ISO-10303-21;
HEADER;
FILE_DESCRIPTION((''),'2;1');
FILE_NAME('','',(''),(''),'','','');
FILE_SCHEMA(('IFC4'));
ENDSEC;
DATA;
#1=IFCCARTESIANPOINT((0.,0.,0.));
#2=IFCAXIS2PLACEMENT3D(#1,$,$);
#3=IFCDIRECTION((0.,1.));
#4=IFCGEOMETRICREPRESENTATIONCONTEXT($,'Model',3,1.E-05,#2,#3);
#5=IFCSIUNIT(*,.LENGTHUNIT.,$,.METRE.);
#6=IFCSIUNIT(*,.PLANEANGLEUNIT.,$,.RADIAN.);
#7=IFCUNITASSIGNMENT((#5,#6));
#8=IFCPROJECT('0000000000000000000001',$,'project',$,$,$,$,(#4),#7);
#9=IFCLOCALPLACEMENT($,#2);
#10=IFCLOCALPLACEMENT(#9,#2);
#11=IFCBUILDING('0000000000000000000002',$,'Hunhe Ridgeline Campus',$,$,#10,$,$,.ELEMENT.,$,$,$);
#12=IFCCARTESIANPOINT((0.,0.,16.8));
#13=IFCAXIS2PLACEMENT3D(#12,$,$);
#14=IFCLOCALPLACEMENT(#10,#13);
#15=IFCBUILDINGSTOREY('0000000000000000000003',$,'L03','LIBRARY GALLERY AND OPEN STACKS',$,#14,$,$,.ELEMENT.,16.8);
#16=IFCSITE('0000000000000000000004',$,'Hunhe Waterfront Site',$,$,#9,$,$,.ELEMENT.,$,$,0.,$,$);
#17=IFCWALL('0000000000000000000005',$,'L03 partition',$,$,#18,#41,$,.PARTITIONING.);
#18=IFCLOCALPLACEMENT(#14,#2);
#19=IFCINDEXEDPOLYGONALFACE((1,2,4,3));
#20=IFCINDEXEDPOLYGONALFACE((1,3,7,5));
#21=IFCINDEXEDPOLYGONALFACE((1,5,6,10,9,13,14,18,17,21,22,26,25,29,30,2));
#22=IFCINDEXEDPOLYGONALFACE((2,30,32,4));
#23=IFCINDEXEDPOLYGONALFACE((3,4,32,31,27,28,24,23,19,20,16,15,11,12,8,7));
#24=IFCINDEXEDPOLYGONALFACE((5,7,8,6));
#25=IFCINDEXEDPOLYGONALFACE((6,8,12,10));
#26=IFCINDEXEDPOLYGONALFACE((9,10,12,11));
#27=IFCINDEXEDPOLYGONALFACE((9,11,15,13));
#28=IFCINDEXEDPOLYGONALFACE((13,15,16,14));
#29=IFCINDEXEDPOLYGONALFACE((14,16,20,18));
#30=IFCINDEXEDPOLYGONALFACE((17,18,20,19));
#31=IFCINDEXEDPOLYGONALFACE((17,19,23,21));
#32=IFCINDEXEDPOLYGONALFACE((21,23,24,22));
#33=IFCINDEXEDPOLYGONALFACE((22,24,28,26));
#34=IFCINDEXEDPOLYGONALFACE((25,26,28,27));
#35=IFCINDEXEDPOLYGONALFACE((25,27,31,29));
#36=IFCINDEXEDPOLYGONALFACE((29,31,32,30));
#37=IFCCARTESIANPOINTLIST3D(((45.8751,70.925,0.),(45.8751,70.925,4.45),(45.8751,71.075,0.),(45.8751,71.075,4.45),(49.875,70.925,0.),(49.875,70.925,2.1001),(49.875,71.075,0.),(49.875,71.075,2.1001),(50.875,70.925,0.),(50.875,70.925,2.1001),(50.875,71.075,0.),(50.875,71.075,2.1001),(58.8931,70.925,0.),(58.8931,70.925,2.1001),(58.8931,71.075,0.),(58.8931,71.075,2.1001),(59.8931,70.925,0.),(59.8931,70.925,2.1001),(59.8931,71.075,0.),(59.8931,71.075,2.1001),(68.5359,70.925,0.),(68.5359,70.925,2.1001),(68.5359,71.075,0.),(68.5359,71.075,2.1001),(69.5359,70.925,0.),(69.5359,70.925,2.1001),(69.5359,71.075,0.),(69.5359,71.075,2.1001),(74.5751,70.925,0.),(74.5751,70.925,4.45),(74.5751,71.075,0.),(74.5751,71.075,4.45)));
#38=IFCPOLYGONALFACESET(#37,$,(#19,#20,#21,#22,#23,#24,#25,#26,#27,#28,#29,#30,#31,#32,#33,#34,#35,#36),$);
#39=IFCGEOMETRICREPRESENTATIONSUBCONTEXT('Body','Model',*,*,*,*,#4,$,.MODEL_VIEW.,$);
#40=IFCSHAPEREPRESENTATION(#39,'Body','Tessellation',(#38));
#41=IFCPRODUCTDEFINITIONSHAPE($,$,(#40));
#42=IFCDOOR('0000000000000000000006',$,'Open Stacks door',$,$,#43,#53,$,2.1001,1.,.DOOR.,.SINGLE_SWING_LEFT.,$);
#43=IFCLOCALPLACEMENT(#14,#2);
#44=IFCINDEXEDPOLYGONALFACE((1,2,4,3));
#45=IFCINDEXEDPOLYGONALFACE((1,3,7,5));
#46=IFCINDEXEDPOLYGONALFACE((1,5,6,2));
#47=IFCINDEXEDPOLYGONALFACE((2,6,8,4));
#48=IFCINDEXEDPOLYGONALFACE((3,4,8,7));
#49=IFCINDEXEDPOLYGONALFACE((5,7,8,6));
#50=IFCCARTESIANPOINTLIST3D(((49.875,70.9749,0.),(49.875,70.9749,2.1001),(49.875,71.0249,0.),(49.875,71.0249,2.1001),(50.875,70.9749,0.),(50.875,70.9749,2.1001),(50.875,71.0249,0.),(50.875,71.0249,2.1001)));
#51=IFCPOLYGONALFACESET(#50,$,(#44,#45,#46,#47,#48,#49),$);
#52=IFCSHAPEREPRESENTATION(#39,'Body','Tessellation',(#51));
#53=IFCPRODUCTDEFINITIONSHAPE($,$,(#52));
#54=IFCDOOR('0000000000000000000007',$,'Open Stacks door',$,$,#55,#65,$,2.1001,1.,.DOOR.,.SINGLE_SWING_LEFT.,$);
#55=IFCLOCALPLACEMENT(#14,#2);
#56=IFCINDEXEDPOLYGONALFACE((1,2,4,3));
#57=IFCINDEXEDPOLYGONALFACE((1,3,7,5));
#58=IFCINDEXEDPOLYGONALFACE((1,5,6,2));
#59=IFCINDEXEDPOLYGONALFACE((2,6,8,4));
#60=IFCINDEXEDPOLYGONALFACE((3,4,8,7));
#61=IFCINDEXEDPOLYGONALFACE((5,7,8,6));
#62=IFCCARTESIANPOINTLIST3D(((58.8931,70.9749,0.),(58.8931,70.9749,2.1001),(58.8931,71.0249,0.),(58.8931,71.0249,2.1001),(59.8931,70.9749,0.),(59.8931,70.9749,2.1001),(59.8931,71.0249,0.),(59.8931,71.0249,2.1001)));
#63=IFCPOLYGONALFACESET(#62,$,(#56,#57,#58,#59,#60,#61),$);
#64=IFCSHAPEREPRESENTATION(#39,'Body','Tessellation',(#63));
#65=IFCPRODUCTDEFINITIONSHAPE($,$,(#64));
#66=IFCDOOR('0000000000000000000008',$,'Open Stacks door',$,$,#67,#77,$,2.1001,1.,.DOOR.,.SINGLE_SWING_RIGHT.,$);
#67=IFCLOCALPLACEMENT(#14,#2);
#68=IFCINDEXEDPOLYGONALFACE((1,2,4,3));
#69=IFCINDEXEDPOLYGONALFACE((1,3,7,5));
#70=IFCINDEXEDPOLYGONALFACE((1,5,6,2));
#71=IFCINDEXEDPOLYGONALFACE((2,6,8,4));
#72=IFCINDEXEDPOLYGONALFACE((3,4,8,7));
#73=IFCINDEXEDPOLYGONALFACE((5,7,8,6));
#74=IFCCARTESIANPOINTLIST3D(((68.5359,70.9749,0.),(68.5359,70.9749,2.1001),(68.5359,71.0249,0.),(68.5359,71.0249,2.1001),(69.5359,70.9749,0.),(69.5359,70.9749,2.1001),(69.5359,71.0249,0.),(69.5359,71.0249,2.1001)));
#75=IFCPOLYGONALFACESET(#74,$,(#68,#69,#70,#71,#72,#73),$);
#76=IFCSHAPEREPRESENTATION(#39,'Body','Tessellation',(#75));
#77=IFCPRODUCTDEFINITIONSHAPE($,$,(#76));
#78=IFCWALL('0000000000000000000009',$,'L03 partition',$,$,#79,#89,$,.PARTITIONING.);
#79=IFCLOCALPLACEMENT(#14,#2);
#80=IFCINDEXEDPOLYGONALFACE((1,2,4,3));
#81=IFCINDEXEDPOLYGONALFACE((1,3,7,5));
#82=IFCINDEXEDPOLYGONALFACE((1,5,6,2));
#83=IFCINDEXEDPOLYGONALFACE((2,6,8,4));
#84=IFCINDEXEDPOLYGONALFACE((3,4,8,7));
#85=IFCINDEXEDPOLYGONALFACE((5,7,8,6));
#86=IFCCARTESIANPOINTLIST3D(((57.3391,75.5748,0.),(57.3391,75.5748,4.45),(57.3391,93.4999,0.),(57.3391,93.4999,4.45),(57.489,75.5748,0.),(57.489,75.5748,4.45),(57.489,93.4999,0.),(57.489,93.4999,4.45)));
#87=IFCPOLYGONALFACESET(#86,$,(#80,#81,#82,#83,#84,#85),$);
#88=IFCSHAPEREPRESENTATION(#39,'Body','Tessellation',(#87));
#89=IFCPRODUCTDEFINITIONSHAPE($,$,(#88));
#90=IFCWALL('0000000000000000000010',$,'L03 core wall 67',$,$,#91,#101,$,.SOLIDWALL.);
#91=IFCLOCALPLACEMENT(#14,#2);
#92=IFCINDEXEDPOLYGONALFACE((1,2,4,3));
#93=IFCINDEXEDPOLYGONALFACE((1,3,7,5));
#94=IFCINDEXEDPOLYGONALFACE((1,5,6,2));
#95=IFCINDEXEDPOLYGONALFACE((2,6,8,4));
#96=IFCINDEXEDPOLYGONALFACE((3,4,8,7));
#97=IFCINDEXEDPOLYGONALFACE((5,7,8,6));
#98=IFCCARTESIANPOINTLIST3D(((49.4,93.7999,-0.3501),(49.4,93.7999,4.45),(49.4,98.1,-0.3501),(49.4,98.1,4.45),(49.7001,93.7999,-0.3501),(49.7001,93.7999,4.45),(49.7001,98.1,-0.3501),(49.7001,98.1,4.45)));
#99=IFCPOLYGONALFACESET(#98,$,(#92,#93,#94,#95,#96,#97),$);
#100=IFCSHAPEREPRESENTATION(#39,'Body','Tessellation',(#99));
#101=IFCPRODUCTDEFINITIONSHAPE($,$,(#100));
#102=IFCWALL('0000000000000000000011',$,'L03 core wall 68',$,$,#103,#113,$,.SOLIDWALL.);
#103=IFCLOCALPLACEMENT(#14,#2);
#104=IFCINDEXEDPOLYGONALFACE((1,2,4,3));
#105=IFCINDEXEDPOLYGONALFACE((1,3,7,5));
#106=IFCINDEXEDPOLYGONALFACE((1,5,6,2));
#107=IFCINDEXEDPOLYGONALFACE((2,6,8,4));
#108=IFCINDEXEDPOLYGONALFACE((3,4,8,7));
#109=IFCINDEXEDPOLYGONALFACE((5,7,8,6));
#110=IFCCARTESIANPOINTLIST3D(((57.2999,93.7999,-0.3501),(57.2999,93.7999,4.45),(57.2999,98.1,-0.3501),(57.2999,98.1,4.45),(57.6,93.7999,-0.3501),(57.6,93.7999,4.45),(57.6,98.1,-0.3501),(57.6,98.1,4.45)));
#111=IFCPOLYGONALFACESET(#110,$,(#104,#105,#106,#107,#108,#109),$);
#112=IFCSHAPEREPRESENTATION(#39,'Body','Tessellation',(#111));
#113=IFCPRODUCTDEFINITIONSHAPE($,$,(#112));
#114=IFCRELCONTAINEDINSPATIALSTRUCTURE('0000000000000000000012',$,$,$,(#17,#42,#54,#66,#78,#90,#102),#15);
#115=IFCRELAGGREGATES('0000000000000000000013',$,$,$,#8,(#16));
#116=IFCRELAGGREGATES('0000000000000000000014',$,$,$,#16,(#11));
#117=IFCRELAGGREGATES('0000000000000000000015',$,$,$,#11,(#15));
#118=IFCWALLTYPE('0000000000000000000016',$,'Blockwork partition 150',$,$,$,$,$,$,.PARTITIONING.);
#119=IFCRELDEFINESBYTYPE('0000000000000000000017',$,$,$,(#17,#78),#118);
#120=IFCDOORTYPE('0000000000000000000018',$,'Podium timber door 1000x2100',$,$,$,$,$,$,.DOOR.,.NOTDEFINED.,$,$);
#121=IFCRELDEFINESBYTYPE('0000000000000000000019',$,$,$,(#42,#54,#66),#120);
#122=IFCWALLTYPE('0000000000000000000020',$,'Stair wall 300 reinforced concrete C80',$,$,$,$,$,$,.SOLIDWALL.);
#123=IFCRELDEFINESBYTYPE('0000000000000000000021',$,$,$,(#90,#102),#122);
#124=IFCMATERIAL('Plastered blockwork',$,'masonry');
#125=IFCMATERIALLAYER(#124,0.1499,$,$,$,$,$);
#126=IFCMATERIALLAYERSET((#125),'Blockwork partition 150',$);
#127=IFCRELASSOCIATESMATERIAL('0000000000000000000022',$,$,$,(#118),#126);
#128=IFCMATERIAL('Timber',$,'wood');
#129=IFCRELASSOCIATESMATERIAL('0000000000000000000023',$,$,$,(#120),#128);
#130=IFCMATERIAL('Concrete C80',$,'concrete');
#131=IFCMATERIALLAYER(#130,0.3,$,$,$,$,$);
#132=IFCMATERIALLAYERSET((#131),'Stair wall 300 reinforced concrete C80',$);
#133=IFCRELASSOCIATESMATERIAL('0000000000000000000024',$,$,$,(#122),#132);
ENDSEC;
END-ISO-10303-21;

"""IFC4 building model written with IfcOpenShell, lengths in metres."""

from ifc_helpers import new_model, si_unit, direction, frame, frame_2d, origin, place, context, subcontext, project, spatial, rectangle, extrude, material, layer, layer_set, type_object, element, fill, save


model = new_model("IFC4")

# Units and contexts
model_context = context("Model", 3, precision=1e-05, world=origin(), true_north=direction((0.0, 1.0)))
body_context = subcontext(model_context, "Body", "Model", "MODEL_VIEW")
ifc_project = project(units=[si_unit("LENGTHUNIT", "METRE"), si_unit("PLANEANGLEUNIT", "RADIAN")], contexts=[model_context])

# Site, building, storey
site_placement = place(None, origin())
site = spatial("IfcSite", under=ifc_project, at=site_placement, Name="Hunhe Waterfront Site", CompositionType="ELEMENT", RefElevation=0.0)
building_placement = place(site_placement, origin())
building = spatial("IfcBuilding", under=site, at=building_placement, Name="Hunhe Ridgeline Campus", CompositionType="ELEMENT")
storey_placement = place(building_placement, frame((0.0, 0.0, 16.8)))
storey = spatial("IfcBuildingStorey", under=building, at=storey_placement, Name="L03", Description="LIBRARY GALLERY AND OPEN STACKS", CompositionType="ELEMENT", Elevation=16.8)

# Shared definitions
ifc_material_1 = material(Name="Concrete C80", Category="concrete")

# Shared definitions
ifc_material_2 = material(Name="Plastered blockwork", Category="masonry")
ifc_layer_1 = layer(ifc_material_2, 0.1499)
ifc_layer_set_1 = layer_set([ifc_layer_1], Name="Blockwork partition 150")
wall_type_1 = type_object("IfcWallType", Name="Blockwork partition 150", PredefinedType="PARTITIONING", material=ifc_layer_set_1)

# Shared definitions
ifc_material_3 = material(Name="Timber", Category="wood")
door_type_1 = type_object("IfcDoorType", Name="Podium timber door 1000x2100", OperationType="NOTDEFINED", PredefinedType="DOOR", material=ifc_material_3)

# Wall, openings, doors
wall_1_placement = place(storey_placement, frame((45.875, 71.0, 0.0), z_axis=(0.0, 0.0, 1.0), x_axis=(1.0, 0.0, 0.0)))
wall_1 = element("IfcWall", 1, at=wall_1_placement, inside=storey, type_object=wall_type_1, Name="L03 partition", PredefinedType="PARTITIONING", context=body_context, shape_type="SweptSolid", body=[
    extrude(rectangle(XDim=28.7, YDim=0.1499, at=frame_2d((14.3501, 0.0))), origin(), (0.0, 0.0, 1.0), 4.45),
])
opening_1_placement = place(wall_1_placement, frame((4.0, 0.0, 0.0)))
opening_1 = element("IfcOpeningElement", 2, at=opening_1_placement, cuts=wall_1, PredefinedType="OPENING", context=body_context, shape_type="SweptSolid", body=[
    extrude(rectangle(XDim=1.0, YDim=2.1001, at=frame_2d((0.5, 1.05))), frame((0.0, 0.075, 0.0), z_axis=(0.0, -1.0, 0.0), x_axis=(1.0, 0.0, 0.0)), (0.0, 0.0, 1.0), 0.1499),
])
opening_2_placement = place(wall_1_placement, frame((13.0181, 0.0, 0.0)))
opening_2 = element("IfcOpeningElement", 3, at=opening_2_placement, cuts=wall_1, PredefinedType="OPENING", context=body_context, shape_type="SweptSolid", body=[
    extrude(rectangle(XDim=1.0, YDim=2.1001, at=frame_2d((0.5, 1.05))), frame((0.0, 0.075, 0.0), z_axis=(0.0, -1.0, 0.0), x_axis=(1.0, 0.0, 0.0)), (0.0, 0.0, 1.0), 0.1499),
])
opening_3_placement = place(wall_1_placement, frame((22.6609, 0.0, 0.0)))
opening_3 = element("IfcOpeningElement", 4, at=opening_3_placement, cuts=wall_1, PredefinedType="OPENING", context=body_context, shape_type="SweptSolid", body=[
    extrude(rectangle(XDim=1.0, YDim=2.1001, at=frame_2d((0.5, 1.05))), frame((0.0, 0.075, 0.0), z_axis=(0.0, -1.0, 0.0), x_axis=(1.0, 0.0, 0.0)), (0.0, 0.0, 1.0), 0.1499),
])
door_1_placement = place(opening_1_placement, origin())
door_1 = element("IfcDoor", 5, at=door_1_placement, inside=storey, type_object=door_type_1, Name="Open Stacks door", OperationType="SINGLE_SWING_LEFT", OverallHeight=2.1001, OverallWidth=1.0, PredefinedType="DOOR", context=body_context, shape_type="SweptSolid", body=[
    extrude(rectangle(XDim=1.0, YDim=2.1001, at=frame_2d((0.5, 1.05))), frame((0.0, 0.0249, 0.0), z_axis=(0.0, -1.0, 0.0), x_axis=(1.0, 0.0, 0.0)), (0.0, 0.0, 1.0), 0.05),
])
fill(opening_1, door_1)
door_2_placement = place(opening_2_placement, origin())
door_2 = element("IfcDoor", 6, at=door_2_placement, inside=storey, type_object=door_type_1, Name="Open Stacks door", OperationType="SINGLE_SWING_LEFT", OverallHeight=2.1001, OverallWidth=1.0, PredefinedType="DOOR", context=body_context, shape_type="SweptSolid", body=[
    extrude(rectangle(XDim=1.0, YDim=2.1001, at=frame_2d((0.5, 1.05))), frame((0.0, 0.0249, 0.0), z_axis=(0.0, -1.0, 0.0), x_axis=(1.0, 0.0, 0.0)), (0.0, 0.0, 1.0), 0.05),
])
fill(opening_2, door_2)
door_3_placement = place(opening_3_placement, origin())
door_3 = element("IfcDoor", 7, at=door_3_placement, inside=storey, type_object=door_type_1, Name="Open Stacks door", OperationType="SINGLE_SWING_RIGHT", OverallHeight=2.1001, OverallWidth=1.0, PredefinedType="DOOR", context=body_context, shape_type="SweptSolid", body=[
    extrude(rectangle(XDim=1.0, YDim=2.1001, at=frame_2d((0.5, 1.05))), frame((0.0, 0.0249, 0.0), z_axis=(0.0, -1.0, 0.0), x_axis=(1.0, 0.0, 0.0)), (0.0, 0.0, 1.0), 0.05),
])
fill(opening_3, door_3)

# Wall
wall_2_placement = place(storey_placement, frame((57.4141, 75.575, 0.0), z_axis=(0.0, 0.0, 1.0), x_axis=(0.0, 1.0, 0.0)))
element("IfcWall", 8, at=wall_2_placement, inside=storey, type_object=wall_type_1, Name="L03 partition", PredefinedType="PARTITIONING", context=body_context, shape_type="SweptSolid", body=[
    extrude(rectangle(XDim=17.925, YDim=0.1499, at=frame_2d((8.9624, 0.0))), origin(), (0.0, 0.0, 1.0), 4.45),
])

# Shared definitions
ifc_layer_2 = layer(ifc_material_1, 0.3)
ifc_layer_set_2 = layer_set([ifc_layer_2], Name="Stair wall 300 reinforced concrete C80")
wall_type_2 = type_object("IfcWallType", Name="Stair wall 300 reinforced concrete C80", PredefinedType="SOLIDWALL", material=ifc_layer_set_2)

# Walls
for number, where, z_axis, x_axis, name in (
    (9, (49.55, 93.8, -0.3501), (0.0, 0.0, 1.0), (0.0, 1.0, 0.0), "L03 core wall 67"),
    (10, (57.45, 93.8, -0.3501), (0.0, 0.0, 1.0), (0.0, 1.0, 0.0), "L03 core wall 68"),
):
    element("IfcWall", number, at=place(storey_placement, frame(where, z_axis=z_axis, x_axis=x_axis)), inside=storey, type_object=wall_type_2, Name=name, PredefinedType="SOLIDWALL", context=body_context, shape_type="SweptSolid", body=[
        extrude(rectangle(XDim=4.3, YDim=0.3, at=frame_2d((2.1499, 0.0))), origin(), (0.0, 0.0, 1.0), 4.8),
    ])

save(model, "model.ifc")
